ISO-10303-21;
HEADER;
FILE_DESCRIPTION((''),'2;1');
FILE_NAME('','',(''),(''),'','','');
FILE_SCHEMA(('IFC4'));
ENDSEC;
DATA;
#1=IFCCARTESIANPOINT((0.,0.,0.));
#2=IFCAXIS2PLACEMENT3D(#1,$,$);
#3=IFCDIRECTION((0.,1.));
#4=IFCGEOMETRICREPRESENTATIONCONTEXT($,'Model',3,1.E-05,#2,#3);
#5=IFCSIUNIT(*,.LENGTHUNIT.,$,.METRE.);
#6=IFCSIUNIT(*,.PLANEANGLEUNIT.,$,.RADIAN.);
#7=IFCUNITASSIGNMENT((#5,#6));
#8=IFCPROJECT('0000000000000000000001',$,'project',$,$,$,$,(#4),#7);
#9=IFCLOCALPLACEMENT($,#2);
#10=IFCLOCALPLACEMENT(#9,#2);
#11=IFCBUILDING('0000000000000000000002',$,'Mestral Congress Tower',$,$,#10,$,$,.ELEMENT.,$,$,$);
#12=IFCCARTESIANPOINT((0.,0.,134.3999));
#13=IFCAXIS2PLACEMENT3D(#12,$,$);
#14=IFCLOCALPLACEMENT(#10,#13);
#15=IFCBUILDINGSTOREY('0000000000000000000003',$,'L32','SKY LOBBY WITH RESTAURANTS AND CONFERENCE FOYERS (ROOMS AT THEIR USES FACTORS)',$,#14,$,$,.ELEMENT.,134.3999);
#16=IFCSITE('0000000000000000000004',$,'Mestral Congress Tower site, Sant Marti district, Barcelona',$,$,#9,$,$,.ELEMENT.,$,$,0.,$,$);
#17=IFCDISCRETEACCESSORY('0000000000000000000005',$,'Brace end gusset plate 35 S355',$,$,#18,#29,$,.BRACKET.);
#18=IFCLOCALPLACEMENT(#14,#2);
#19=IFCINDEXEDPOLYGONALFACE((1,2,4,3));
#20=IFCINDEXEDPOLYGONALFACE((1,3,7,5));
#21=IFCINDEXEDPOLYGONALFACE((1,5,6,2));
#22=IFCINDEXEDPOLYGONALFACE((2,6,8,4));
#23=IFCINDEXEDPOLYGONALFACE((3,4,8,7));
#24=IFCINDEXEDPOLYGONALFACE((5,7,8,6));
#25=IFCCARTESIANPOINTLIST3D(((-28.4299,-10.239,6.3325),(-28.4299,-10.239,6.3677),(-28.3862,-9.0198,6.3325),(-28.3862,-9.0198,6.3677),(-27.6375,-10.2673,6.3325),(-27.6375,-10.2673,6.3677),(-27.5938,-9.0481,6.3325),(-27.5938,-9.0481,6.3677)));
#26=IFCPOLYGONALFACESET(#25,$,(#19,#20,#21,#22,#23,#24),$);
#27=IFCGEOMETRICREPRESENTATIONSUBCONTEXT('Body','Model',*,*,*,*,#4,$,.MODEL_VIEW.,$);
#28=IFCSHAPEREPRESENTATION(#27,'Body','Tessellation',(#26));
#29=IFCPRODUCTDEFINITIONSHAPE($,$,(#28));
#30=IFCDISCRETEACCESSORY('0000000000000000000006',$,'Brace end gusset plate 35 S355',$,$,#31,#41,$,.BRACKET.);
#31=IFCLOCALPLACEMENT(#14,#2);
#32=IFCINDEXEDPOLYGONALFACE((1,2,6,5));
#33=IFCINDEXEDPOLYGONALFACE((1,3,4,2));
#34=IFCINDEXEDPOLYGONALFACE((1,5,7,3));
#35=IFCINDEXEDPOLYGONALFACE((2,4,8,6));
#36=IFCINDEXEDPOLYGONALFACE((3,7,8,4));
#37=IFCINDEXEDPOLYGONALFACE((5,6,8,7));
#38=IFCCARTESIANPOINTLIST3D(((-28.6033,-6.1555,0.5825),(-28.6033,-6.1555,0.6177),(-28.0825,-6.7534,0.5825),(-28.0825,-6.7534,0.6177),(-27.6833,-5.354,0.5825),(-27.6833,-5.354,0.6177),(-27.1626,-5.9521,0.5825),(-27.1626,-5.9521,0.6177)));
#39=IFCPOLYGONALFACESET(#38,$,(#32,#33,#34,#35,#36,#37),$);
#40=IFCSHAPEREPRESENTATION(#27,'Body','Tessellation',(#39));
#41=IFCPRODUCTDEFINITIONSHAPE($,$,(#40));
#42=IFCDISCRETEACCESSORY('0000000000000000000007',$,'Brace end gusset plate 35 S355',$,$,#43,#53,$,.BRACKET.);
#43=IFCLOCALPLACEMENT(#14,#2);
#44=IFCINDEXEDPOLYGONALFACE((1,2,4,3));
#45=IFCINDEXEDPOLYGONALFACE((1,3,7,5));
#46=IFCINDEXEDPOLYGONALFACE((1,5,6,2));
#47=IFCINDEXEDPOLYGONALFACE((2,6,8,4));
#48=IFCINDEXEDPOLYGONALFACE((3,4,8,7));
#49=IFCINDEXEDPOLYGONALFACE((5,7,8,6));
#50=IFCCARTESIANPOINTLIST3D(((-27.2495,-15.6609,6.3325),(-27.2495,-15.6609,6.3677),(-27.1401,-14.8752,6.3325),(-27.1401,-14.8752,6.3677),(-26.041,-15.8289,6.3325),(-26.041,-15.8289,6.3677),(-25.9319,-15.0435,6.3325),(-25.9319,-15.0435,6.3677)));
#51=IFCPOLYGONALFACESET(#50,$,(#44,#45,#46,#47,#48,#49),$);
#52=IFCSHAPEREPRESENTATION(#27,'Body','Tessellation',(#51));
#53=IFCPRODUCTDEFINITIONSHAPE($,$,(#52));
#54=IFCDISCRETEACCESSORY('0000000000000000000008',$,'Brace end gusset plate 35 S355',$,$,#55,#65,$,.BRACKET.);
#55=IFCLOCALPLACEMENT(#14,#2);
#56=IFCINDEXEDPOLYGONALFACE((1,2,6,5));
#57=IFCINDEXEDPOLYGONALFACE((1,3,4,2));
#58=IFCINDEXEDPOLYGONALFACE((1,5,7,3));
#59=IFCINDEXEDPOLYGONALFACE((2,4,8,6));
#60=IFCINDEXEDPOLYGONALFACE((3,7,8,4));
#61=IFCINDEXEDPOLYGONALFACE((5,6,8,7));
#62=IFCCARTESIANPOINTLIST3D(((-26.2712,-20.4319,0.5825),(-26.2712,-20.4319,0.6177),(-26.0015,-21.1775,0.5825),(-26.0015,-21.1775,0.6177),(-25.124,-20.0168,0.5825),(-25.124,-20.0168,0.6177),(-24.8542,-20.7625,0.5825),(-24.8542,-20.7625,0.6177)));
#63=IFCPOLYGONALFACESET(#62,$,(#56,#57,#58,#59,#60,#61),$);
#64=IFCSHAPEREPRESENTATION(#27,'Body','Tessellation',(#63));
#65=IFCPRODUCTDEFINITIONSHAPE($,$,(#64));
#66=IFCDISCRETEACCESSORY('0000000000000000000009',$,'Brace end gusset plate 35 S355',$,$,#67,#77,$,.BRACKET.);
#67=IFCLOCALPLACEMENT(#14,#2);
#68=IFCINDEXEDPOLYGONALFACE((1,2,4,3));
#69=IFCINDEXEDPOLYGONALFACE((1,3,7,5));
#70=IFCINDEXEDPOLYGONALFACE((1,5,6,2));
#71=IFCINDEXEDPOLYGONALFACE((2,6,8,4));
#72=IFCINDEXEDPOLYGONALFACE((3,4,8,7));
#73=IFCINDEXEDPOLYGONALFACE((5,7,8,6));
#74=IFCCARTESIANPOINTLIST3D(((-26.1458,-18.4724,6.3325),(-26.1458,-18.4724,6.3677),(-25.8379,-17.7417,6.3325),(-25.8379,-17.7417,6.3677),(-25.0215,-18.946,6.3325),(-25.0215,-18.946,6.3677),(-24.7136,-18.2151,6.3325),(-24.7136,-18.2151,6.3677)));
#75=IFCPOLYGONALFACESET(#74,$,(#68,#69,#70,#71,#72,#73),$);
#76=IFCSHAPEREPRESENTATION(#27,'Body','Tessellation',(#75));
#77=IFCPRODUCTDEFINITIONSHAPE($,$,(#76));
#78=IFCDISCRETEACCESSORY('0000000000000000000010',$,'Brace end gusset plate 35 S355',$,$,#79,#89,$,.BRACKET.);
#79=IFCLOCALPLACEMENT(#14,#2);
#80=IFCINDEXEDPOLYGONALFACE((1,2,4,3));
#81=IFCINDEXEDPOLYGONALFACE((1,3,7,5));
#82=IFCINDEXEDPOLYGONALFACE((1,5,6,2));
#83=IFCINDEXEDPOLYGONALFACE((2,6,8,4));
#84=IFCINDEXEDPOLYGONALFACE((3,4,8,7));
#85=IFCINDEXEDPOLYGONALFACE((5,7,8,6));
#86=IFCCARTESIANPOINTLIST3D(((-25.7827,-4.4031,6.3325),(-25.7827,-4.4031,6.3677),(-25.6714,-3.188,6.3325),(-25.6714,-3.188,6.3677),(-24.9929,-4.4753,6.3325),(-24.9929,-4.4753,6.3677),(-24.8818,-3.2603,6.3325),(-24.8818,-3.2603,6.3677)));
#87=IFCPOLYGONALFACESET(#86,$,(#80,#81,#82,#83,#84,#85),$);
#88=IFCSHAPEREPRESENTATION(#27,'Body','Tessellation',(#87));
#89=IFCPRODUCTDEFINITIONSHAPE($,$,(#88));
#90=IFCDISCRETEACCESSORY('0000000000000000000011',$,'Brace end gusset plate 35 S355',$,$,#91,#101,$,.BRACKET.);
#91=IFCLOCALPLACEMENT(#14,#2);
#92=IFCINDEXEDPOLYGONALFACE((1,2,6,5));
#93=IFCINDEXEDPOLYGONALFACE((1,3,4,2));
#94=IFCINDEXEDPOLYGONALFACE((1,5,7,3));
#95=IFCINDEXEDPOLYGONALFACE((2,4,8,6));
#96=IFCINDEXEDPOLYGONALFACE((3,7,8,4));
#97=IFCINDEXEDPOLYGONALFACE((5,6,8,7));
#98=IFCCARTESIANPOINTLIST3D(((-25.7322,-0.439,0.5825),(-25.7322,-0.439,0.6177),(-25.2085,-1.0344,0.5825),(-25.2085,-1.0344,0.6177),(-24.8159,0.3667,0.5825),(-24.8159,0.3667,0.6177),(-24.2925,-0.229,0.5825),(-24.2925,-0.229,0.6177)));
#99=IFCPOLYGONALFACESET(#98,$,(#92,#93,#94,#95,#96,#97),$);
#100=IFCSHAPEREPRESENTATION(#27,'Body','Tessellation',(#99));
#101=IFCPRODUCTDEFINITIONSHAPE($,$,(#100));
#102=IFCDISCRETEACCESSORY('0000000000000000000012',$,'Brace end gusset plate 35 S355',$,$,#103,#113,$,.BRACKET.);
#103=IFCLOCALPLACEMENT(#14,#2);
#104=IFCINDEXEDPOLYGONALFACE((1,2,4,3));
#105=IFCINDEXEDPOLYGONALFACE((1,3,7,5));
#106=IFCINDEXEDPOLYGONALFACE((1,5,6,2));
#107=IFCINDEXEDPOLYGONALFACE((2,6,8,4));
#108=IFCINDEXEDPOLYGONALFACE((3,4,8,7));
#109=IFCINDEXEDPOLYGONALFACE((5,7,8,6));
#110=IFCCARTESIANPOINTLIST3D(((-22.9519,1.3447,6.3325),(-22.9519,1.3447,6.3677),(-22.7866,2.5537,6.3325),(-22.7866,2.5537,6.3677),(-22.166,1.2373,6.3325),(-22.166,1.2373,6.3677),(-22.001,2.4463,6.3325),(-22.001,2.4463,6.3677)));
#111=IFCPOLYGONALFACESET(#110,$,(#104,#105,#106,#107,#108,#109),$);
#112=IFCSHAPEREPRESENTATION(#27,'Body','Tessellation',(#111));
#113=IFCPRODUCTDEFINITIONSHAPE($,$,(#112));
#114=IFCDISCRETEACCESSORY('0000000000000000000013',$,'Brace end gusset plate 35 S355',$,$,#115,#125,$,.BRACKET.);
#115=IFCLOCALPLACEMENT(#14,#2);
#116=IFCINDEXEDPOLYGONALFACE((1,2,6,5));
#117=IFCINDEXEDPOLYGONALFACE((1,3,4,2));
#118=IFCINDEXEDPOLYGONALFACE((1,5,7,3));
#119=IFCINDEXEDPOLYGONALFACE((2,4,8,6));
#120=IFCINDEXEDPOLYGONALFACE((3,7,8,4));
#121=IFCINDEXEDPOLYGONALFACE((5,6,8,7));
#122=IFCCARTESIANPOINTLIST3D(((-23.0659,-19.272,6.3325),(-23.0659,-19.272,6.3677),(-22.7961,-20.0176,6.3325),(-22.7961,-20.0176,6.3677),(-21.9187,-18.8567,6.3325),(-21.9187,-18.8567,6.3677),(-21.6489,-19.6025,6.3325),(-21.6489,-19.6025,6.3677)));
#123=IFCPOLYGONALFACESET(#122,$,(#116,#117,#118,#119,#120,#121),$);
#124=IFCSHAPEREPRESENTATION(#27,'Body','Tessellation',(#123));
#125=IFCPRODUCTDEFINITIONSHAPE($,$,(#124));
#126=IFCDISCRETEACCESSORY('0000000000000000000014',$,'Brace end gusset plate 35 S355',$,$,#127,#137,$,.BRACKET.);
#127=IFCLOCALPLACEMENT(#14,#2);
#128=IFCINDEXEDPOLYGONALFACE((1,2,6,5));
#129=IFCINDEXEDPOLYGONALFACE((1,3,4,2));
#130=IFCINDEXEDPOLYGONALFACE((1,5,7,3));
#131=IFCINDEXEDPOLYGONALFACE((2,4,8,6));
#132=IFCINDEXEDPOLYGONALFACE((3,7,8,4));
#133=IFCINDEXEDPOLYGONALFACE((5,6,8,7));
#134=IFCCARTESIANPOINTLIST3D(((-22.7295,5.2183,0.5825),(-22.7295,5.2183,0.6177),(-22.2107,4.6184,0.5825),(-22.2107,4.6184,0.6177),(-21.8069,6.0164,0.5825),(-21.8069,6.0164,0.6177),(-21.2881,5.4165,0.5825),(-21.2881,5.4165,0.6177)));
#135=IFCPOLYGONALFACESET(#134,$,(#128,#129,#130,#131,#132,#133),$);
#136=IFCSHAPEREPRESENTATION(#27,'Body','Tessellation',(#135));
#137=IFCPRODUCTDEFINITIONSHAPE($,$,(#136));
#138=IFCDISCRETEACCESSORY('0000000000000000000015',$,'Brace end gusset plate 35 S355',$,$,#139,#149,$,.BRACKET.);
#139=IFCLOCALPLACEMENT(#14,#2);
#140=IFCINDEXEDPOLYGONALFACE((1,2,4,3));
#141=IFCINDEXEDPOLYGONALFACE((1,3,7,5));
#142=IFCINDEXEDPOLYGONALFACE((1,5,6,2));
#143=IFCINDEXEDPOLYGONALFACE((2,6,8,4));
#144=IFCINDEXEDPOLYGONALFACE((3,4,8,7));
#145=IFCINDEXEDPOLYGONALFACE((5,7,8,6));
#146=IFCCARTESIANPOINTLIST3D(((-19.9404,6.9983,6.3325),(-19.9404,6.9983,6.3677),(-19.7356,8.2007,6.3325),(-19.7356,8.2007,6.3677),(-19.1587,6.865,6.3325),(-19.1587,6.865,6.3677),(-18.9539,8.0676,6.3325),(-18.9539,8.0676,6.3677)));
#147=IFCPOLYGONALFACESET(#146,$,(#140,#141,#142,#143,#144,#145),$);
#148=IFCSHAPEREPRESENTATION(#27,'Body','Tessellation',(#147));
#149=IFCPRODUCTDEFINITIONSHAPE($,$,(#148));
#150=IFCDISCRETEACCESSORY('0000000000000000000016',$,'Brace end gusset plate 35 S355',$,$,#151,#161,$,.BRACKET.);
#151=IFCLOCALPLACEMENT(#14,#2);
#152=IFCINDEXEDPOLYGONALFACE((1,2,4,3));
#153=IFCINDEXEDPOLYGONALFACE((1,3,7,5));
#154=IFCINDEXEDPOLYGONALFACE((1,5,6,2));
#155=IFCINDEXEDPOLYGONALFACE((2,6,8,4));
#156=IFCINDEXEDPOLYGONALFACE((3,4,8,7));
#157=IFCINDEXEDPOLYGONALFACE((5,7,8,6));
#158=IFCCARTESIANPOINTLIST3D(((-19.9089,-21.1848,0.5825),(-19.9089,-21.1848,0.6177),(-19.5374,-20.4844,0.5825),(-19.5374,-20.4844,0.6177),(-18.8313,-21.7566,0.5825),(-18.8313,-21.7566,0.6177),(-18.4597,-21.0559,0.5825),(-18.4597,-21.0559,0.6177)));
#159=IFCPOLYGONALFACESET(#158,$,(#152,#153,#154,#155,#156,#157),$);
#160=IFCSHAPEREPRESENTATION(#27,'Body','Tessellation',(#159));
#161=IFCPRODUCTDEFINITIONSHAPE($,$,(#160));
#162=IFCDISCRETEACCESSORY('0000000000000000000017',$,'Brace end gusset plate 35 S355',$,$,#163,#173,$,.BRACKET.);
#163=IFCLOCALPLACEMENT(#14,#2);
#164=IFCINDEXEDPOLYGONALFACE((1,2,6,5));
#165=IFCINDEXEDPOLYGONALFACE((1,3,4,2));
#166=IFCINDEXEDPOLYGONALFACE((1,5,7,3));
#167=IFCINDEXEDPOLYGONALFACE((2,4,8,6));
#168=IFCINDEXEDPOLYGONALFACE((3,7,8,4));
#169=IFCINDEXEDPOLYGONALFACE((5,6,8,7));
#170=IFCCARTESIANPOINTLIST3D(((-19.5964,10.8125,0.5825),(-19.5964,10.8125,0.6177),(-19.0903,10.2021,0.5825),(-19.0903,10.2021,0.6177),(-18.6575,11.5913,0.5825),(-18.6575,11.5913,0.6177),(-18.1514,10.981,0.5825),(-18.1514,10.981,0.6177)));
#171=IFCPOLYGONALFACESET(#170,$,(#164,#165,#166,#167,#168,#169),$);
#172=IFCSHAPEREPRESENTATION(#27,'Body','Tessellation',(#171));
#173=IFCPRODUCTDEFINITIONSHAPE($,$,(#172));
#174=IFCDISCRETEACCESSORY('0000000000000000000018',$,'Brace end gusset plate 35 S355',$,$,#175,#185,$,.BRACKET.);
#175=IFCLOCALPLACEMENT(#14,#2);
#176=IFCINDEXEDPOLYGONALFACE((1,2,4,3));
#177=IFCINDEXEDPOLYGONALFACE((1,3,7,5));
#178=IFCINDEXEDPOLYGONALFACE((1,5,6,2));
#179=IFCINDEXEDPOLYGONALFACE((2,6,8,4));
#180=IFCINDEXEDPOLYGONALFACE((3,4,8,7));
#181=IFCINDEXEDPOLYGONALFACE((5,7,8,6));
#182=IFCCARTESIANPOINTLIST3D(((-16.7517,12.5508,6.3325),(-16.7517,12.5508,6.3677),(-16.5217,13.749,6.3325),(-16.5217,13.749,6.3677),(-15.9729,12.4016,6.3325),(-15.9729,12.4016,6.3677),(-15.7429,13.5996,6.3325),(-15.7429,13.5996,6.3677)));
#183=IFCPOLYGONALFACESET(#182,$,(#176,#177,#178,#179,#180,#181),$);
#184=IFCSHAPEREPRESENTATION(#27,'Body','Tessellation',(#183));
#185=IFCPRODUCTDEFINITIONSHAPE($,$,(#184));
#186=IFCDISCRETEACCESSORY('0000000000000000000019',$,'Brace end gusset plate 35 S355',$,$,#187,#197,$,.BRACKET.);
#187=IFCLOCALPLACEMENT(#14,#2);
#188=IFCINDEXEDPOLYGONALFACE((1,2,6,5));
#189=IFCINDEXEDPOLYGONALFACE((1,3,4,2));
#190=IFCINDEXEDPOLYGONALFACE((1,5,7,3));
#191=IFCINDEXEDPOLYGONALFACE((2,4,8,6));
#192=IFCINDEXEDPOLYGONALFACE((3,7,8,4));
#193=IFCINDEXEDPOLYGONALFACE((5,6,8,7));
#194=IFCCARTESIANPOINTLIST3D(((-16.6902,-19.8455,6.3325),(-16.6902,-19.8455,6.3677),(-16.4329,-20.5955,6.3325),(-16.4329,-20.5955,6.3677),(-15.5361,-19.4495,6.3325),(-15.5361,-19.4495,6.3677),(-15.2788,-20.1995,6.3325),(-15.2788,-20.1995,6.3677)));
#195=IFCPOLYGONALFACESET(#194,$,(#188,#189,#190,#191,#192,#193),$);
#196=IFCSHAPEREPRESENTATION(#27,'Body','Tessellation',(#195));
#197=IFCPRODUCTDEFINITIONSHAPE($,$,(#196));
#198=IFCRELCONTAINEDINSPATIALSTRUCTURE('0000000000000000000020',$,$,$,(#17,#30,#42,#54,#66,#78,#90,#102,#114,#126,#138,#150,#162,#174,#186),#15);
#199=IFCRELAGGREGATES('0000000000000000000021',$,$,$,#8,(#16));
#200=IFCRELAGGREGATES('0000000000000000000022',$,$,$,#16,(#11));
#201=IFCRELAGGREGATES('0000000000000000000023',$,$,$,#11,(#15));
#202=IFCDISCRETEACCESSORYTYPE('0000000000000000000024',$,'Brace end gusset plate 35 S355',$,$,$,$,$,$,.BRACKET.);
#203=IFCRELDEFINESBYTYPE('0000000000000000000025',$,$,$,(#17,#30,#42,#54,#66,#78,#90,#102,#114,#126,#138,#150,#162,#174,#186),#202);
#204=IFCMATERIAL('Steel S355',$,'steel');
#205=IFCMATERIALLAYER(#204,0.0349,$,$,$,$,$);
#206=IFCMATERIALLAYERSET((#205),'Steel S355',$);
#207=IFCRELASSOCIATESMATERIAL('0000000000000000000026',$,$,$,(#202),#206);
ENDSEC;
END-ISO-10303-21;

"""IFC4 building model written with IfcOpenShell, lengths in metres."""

from ifc_helpers import new_model, si_unit, direction, frame, origin, place, context, subcontext, project, spatial, polyline, outline, extrude, material, layer, layer_set, type_object, element, save


model = new_model("IFC4")

# Units and contexts
model_context = context("Model", 3, precision=1e-05, world=origin(), true_north=direction((0.0, 1.0)))
body_context = subcontext(model_context, "Body", "Model", "MODEL_VIEW")
ifc_project = project(units=[si_unit("LENGTHUNIT", "METRE"), si_unit("PLANEANGLEUNIT", "RADIAN")], contexts=[model_context])

# Site, building, storey
site_placement = place(None, origin())
site = spatial("IfcSite", under=ifc_project, at=site_placement, Name="Mestral Congress Tower site, Sant Marti district, Barcelona", CompositionType="ELEMENT", RefElevation=0.0)
building_placement = place(site_placement, origin())
building = spatial("IfcBuilding", under=site, at=building_placement, Name="Mestral Congress Tower", CompositionType="ELEMENT")
storey_placement = place(building_placement, frame((0.0, 0.0, 134.3999)))
storey = spatial("IfcBuildingStorey", under=building, at=storey_placement, Name="L32", Description="SKY LOBBY WITH RESTAURANTS AND CONFERENCE FOYERS (ROOMS AT THEIR USES FACTORS)", CompositionType="ELEMENT", Elevation=134.3999)

# Discrete accessories
ifc_material_1 = material(Name="Steel S355", Category="steel")
ifc_layer_1 = layer(ifc_material_1, 0.0349)
ifc_layer_set_1 = layer_set([ifc_layer_1], Name="Steel S355")
discrete_accessory_type = type_object("IfcDiscreteAccessoryType", Name="Brace end gusset plate 35 S355", PredefinedType="BRACKET", material=ifc_layer_set_1)
placement_1 = place(storey_placement, frame((0.0, 0.0, 0.5825)))
placement_2 = place(storey_placement, frame((0.0, 0.0, 6.3325)))
element("IfcDiscreteAccessory", 1, at=placement_2, inside=storey, type_object=discrete_accessory_type, Name="Brace end gusset plate 35 S355", PredefinedType="BRACKET", context=body_context, shape_type="SweptSolid", body=[
    extrude(outline(polyline([(-27.6375, -10.2673), (-27.5938, -9.0481), (-28.3862, -9.0198), (-28.4299, -10.239), (-27.6375, -10.2673)])), origin(), (0.0, 0.0, 1.0), 0.0352),
])
element("IfcDiscreteAccessory", 2, at=placement_1, inside=storey, type_object=discrete_accessory_type, Name="Brace end gusset plate 35 S355", PredefinedType="BRACKET", context=body_context, shape_type="SweptSolid", body=[
    extrude(outline(polyline([(-28.0825, -6.7534), (-27.1626, -5.9521), (-27.6833, -5.354), (-28.6033, -6.1555), (-28.0825, -6.7534)])), origin(), (0.0, 0.0, 1.0), 0.0352),
])
element("IfcDiscreteAccessory", 3, at=placement_2, inside=storey, type_object=discrete_accessory_type, Name="Brace end gusset plate 35 S355", PredefinedType="BRACKET", context=body_context, shape_type="SweptSolid", body=[
    extrude(outline(polyline([(-25.9319, -15.0435), (-27.1401, -14.8752), (-27.2495, -15.6609), (-26.041, -15.8289), (-25.9319, -15.0435)])), origin(), (0.0, 0.0, 1.0), 0.0352),
])
element("IfcDiscreteAccessory", 4, at=placement_1, inside=storey, type_object=discrete_accessory_type, Name="Brace end gusset plate 35 S355", PredefinedType="BRACKET", context=body_context, shape_type="SweptSolid", body=[
    extrude(outline(polyline([(-26.0015, -21.1775), (-24.8542, -20.7625), (-25.124, -20.0168), (-26.2712, -20.4319), (-26.0015, -21.1775)])), origin(), (0.0, 0.0, 1.0), 0.0352),
])
element("IfcDiscreteAccessory", 5, at=placement_2, inside=storey, type_object=discrete_accessory_type, Name="Brace end gusset plate 35 S355", PredefinedType="BRACKET", context=body_context, shape_type="SweptSolid", body=[
    extrude(outline(polyline([(-24.7136, -18.2151), (-25.8379, -17.7417), (-26.1458, -18.4724), (-25.0215, -18.946), (-24.7136, -18.2151)])), origin(), (0.0, 0.0, 1.0), 0.0352),
])
element("IfcDiscreteAccessory", 6, at=placement_2, inside=storey, type_object=discrete_accessory_type, Name="Brace end gusset plate 35 S355", PredefinedType="BRACKET", context=body_context, shape_type="SweptSolid", body=[
    extrude(outline(polyline([(-24.9929, -4.4753), (-24.8818, -3.2603), (-25.6714, -3.188), (-25.7827, -4.4031), (-24.9929, -4.4753)])), origin(), (0.0, 0.0, 1.0), 0.0352),
])
element("IfcDiscreteAccessory", 7, at=placement_1, inside=storey, type_object=discrete_accessory_type, Name="Brace end gusset plate 35 S355", PredefinedType="BRACKET", context=body_context, shape_type="SweptSolid", body=[
    extrude(outline(polyline([(-25.2085, -1.0344), (-24.2925, -0.229), (-24.8159, 0.3667), (-25.7322, -0.439), (-25.2085, -1.0344)])), origin(), (0.0, 0.0, 1.0), 0.0352),
])
element("IfcDiscreteAccessory", 8, at=placement_2, inside=storey, type_object=discrete_accessory_type, Name="Brace end gusset plate 35 S355", PredefinedType="BRACKET", context=body_context, shape_type="SweptSolid", body=[
    extrude(outline(polyline([(-22.166, 1.2373), (-22.001, 2.4463), (-22.7866, 2.5537), (-22.9519, 1.3447), (-22.166, 1.2373)])), origin(), (0.0, 0.0, 1.0), 0.0352),
])
element("IfcDiscreteAccessory", 9, at=placement_2, inside=storey, type_object=discrete_accessory_type, Name="Brace end gusset plate 35 S355", PredefinedType="BRACKET", context=body_context, shape_type="SweptSolid", body=[
    extrude(outline(polyline([(-21.9187, -18.8567), (-23.0659, -19.272), (-22.7961, -20.0176), (-21.6489, -19.6025), (-21.9187, -18.8567)])), origin(), (0.0, 0.0, 1.0), 0.0352),
])
element("IfcDiscreteAccessory", 10, at=placement_1, inside=storey, type_object=discrete_accessory_type, Name="Brace end gusset plate 35 S355", PredefinedType="BRACKET", context=body_context, shape_type="SweptSolid", body=[
    extrude(outline(polyline([(-22.2107, 4.6184), (-21.2881, 5.4165), (-21.8069, 6.0164), (-22.7295, 5.2183), (-22.2107, 4.6184)])), origin(), (0.0, 0.0, 1.0), 0.0352),
])
element("IfcDiscreteAccessory", 11, at=placement_2, inside=storey, type_object=discrete_accessory_type, Name="Brace end gusset plate 35 S355", PredefinedType="BRACKET", context=body_context, shape_type="SweptSolid", body=[
    extrude(outline(polyline([(-19.1587, 6.865), (-18.9539, 8.0676), (-19.7356, 8.2007), (-19.9404, 6.9983), (-19.1587, 6.865)])), origin(), (0.0, 0.0, 1.0), 0.0352),
])
element("IfcDiscreteAccessory", 12, at=placement_1, inside=storey, type_object=discrete_accessory_type, Name="Brace end gusset plate 35 S355", PredefinedType="BRACKET", context=body_context, shape_type="SweptSolid", body=[
    extrude(outline(polyline([(-18.4597, -21.0559), (-19.5374, -20.4844), (-19.9089, -21.1848), (-18.8313, -21.7566), (-18.4597, -21.0559)])), origin(), (0.0, 0.0, 1.0), 0.0352),
])
element("IfcDiscreteAccessory", 13, at=placement_1, inside=storey, type_object=discrete_accessory_type, Name="Brace end gusset plate 35 S355", PredefinedType="BRACKET", context=body_context, shape_type="SweptSolid", body=[
    extrude(outline(polyline([(-19.0903, 10.2021), (-18.1514, 10.981), (-18.6575, 11.5913), (-19.5964, 10.8125), (-19.0903, 10.2021)])), origin(), (0.0, 0.0, 1.0), 0.0352),
])
element("IfcDiscreteAccessory", 14, at=placement_2, inside=storey, type_object=discrete_accessory_type, Name="Brace end gusset plate 35 S355", PredefinedType="BRACKET", context=body_context, shape_type="SweptSolid", body=[
    extrude(outline(polyline([(-15.9729, 12.4016), (-15.7429, 13.5996), (-16.5217, 13.749), (-16.7517, 12.5508), (-15.9729, 12.4016)])), origin(), (0.0, 0.0, 1.0), 0.0352),
])
element("IfcDiscreteAccessory", 15, at=placement_2, inside=storey, type_object=discrete_accessory_type, Name="Brace end gusset plate 35 S355", PredefinedType="BRACKET", context=body_context, shape_type="SweptSolid", body=[
    extrude(outline(polyline([(-15.5361, -19.4495), (-16.6902, -19.8455), (-16.4329, -20.5955), (-15.2788, -20.1995), (-15.5361, -19.4495)])), origin(), (0.0, 0.0, 1.0), 0.0352),
])

save(model, "model.ifc")
